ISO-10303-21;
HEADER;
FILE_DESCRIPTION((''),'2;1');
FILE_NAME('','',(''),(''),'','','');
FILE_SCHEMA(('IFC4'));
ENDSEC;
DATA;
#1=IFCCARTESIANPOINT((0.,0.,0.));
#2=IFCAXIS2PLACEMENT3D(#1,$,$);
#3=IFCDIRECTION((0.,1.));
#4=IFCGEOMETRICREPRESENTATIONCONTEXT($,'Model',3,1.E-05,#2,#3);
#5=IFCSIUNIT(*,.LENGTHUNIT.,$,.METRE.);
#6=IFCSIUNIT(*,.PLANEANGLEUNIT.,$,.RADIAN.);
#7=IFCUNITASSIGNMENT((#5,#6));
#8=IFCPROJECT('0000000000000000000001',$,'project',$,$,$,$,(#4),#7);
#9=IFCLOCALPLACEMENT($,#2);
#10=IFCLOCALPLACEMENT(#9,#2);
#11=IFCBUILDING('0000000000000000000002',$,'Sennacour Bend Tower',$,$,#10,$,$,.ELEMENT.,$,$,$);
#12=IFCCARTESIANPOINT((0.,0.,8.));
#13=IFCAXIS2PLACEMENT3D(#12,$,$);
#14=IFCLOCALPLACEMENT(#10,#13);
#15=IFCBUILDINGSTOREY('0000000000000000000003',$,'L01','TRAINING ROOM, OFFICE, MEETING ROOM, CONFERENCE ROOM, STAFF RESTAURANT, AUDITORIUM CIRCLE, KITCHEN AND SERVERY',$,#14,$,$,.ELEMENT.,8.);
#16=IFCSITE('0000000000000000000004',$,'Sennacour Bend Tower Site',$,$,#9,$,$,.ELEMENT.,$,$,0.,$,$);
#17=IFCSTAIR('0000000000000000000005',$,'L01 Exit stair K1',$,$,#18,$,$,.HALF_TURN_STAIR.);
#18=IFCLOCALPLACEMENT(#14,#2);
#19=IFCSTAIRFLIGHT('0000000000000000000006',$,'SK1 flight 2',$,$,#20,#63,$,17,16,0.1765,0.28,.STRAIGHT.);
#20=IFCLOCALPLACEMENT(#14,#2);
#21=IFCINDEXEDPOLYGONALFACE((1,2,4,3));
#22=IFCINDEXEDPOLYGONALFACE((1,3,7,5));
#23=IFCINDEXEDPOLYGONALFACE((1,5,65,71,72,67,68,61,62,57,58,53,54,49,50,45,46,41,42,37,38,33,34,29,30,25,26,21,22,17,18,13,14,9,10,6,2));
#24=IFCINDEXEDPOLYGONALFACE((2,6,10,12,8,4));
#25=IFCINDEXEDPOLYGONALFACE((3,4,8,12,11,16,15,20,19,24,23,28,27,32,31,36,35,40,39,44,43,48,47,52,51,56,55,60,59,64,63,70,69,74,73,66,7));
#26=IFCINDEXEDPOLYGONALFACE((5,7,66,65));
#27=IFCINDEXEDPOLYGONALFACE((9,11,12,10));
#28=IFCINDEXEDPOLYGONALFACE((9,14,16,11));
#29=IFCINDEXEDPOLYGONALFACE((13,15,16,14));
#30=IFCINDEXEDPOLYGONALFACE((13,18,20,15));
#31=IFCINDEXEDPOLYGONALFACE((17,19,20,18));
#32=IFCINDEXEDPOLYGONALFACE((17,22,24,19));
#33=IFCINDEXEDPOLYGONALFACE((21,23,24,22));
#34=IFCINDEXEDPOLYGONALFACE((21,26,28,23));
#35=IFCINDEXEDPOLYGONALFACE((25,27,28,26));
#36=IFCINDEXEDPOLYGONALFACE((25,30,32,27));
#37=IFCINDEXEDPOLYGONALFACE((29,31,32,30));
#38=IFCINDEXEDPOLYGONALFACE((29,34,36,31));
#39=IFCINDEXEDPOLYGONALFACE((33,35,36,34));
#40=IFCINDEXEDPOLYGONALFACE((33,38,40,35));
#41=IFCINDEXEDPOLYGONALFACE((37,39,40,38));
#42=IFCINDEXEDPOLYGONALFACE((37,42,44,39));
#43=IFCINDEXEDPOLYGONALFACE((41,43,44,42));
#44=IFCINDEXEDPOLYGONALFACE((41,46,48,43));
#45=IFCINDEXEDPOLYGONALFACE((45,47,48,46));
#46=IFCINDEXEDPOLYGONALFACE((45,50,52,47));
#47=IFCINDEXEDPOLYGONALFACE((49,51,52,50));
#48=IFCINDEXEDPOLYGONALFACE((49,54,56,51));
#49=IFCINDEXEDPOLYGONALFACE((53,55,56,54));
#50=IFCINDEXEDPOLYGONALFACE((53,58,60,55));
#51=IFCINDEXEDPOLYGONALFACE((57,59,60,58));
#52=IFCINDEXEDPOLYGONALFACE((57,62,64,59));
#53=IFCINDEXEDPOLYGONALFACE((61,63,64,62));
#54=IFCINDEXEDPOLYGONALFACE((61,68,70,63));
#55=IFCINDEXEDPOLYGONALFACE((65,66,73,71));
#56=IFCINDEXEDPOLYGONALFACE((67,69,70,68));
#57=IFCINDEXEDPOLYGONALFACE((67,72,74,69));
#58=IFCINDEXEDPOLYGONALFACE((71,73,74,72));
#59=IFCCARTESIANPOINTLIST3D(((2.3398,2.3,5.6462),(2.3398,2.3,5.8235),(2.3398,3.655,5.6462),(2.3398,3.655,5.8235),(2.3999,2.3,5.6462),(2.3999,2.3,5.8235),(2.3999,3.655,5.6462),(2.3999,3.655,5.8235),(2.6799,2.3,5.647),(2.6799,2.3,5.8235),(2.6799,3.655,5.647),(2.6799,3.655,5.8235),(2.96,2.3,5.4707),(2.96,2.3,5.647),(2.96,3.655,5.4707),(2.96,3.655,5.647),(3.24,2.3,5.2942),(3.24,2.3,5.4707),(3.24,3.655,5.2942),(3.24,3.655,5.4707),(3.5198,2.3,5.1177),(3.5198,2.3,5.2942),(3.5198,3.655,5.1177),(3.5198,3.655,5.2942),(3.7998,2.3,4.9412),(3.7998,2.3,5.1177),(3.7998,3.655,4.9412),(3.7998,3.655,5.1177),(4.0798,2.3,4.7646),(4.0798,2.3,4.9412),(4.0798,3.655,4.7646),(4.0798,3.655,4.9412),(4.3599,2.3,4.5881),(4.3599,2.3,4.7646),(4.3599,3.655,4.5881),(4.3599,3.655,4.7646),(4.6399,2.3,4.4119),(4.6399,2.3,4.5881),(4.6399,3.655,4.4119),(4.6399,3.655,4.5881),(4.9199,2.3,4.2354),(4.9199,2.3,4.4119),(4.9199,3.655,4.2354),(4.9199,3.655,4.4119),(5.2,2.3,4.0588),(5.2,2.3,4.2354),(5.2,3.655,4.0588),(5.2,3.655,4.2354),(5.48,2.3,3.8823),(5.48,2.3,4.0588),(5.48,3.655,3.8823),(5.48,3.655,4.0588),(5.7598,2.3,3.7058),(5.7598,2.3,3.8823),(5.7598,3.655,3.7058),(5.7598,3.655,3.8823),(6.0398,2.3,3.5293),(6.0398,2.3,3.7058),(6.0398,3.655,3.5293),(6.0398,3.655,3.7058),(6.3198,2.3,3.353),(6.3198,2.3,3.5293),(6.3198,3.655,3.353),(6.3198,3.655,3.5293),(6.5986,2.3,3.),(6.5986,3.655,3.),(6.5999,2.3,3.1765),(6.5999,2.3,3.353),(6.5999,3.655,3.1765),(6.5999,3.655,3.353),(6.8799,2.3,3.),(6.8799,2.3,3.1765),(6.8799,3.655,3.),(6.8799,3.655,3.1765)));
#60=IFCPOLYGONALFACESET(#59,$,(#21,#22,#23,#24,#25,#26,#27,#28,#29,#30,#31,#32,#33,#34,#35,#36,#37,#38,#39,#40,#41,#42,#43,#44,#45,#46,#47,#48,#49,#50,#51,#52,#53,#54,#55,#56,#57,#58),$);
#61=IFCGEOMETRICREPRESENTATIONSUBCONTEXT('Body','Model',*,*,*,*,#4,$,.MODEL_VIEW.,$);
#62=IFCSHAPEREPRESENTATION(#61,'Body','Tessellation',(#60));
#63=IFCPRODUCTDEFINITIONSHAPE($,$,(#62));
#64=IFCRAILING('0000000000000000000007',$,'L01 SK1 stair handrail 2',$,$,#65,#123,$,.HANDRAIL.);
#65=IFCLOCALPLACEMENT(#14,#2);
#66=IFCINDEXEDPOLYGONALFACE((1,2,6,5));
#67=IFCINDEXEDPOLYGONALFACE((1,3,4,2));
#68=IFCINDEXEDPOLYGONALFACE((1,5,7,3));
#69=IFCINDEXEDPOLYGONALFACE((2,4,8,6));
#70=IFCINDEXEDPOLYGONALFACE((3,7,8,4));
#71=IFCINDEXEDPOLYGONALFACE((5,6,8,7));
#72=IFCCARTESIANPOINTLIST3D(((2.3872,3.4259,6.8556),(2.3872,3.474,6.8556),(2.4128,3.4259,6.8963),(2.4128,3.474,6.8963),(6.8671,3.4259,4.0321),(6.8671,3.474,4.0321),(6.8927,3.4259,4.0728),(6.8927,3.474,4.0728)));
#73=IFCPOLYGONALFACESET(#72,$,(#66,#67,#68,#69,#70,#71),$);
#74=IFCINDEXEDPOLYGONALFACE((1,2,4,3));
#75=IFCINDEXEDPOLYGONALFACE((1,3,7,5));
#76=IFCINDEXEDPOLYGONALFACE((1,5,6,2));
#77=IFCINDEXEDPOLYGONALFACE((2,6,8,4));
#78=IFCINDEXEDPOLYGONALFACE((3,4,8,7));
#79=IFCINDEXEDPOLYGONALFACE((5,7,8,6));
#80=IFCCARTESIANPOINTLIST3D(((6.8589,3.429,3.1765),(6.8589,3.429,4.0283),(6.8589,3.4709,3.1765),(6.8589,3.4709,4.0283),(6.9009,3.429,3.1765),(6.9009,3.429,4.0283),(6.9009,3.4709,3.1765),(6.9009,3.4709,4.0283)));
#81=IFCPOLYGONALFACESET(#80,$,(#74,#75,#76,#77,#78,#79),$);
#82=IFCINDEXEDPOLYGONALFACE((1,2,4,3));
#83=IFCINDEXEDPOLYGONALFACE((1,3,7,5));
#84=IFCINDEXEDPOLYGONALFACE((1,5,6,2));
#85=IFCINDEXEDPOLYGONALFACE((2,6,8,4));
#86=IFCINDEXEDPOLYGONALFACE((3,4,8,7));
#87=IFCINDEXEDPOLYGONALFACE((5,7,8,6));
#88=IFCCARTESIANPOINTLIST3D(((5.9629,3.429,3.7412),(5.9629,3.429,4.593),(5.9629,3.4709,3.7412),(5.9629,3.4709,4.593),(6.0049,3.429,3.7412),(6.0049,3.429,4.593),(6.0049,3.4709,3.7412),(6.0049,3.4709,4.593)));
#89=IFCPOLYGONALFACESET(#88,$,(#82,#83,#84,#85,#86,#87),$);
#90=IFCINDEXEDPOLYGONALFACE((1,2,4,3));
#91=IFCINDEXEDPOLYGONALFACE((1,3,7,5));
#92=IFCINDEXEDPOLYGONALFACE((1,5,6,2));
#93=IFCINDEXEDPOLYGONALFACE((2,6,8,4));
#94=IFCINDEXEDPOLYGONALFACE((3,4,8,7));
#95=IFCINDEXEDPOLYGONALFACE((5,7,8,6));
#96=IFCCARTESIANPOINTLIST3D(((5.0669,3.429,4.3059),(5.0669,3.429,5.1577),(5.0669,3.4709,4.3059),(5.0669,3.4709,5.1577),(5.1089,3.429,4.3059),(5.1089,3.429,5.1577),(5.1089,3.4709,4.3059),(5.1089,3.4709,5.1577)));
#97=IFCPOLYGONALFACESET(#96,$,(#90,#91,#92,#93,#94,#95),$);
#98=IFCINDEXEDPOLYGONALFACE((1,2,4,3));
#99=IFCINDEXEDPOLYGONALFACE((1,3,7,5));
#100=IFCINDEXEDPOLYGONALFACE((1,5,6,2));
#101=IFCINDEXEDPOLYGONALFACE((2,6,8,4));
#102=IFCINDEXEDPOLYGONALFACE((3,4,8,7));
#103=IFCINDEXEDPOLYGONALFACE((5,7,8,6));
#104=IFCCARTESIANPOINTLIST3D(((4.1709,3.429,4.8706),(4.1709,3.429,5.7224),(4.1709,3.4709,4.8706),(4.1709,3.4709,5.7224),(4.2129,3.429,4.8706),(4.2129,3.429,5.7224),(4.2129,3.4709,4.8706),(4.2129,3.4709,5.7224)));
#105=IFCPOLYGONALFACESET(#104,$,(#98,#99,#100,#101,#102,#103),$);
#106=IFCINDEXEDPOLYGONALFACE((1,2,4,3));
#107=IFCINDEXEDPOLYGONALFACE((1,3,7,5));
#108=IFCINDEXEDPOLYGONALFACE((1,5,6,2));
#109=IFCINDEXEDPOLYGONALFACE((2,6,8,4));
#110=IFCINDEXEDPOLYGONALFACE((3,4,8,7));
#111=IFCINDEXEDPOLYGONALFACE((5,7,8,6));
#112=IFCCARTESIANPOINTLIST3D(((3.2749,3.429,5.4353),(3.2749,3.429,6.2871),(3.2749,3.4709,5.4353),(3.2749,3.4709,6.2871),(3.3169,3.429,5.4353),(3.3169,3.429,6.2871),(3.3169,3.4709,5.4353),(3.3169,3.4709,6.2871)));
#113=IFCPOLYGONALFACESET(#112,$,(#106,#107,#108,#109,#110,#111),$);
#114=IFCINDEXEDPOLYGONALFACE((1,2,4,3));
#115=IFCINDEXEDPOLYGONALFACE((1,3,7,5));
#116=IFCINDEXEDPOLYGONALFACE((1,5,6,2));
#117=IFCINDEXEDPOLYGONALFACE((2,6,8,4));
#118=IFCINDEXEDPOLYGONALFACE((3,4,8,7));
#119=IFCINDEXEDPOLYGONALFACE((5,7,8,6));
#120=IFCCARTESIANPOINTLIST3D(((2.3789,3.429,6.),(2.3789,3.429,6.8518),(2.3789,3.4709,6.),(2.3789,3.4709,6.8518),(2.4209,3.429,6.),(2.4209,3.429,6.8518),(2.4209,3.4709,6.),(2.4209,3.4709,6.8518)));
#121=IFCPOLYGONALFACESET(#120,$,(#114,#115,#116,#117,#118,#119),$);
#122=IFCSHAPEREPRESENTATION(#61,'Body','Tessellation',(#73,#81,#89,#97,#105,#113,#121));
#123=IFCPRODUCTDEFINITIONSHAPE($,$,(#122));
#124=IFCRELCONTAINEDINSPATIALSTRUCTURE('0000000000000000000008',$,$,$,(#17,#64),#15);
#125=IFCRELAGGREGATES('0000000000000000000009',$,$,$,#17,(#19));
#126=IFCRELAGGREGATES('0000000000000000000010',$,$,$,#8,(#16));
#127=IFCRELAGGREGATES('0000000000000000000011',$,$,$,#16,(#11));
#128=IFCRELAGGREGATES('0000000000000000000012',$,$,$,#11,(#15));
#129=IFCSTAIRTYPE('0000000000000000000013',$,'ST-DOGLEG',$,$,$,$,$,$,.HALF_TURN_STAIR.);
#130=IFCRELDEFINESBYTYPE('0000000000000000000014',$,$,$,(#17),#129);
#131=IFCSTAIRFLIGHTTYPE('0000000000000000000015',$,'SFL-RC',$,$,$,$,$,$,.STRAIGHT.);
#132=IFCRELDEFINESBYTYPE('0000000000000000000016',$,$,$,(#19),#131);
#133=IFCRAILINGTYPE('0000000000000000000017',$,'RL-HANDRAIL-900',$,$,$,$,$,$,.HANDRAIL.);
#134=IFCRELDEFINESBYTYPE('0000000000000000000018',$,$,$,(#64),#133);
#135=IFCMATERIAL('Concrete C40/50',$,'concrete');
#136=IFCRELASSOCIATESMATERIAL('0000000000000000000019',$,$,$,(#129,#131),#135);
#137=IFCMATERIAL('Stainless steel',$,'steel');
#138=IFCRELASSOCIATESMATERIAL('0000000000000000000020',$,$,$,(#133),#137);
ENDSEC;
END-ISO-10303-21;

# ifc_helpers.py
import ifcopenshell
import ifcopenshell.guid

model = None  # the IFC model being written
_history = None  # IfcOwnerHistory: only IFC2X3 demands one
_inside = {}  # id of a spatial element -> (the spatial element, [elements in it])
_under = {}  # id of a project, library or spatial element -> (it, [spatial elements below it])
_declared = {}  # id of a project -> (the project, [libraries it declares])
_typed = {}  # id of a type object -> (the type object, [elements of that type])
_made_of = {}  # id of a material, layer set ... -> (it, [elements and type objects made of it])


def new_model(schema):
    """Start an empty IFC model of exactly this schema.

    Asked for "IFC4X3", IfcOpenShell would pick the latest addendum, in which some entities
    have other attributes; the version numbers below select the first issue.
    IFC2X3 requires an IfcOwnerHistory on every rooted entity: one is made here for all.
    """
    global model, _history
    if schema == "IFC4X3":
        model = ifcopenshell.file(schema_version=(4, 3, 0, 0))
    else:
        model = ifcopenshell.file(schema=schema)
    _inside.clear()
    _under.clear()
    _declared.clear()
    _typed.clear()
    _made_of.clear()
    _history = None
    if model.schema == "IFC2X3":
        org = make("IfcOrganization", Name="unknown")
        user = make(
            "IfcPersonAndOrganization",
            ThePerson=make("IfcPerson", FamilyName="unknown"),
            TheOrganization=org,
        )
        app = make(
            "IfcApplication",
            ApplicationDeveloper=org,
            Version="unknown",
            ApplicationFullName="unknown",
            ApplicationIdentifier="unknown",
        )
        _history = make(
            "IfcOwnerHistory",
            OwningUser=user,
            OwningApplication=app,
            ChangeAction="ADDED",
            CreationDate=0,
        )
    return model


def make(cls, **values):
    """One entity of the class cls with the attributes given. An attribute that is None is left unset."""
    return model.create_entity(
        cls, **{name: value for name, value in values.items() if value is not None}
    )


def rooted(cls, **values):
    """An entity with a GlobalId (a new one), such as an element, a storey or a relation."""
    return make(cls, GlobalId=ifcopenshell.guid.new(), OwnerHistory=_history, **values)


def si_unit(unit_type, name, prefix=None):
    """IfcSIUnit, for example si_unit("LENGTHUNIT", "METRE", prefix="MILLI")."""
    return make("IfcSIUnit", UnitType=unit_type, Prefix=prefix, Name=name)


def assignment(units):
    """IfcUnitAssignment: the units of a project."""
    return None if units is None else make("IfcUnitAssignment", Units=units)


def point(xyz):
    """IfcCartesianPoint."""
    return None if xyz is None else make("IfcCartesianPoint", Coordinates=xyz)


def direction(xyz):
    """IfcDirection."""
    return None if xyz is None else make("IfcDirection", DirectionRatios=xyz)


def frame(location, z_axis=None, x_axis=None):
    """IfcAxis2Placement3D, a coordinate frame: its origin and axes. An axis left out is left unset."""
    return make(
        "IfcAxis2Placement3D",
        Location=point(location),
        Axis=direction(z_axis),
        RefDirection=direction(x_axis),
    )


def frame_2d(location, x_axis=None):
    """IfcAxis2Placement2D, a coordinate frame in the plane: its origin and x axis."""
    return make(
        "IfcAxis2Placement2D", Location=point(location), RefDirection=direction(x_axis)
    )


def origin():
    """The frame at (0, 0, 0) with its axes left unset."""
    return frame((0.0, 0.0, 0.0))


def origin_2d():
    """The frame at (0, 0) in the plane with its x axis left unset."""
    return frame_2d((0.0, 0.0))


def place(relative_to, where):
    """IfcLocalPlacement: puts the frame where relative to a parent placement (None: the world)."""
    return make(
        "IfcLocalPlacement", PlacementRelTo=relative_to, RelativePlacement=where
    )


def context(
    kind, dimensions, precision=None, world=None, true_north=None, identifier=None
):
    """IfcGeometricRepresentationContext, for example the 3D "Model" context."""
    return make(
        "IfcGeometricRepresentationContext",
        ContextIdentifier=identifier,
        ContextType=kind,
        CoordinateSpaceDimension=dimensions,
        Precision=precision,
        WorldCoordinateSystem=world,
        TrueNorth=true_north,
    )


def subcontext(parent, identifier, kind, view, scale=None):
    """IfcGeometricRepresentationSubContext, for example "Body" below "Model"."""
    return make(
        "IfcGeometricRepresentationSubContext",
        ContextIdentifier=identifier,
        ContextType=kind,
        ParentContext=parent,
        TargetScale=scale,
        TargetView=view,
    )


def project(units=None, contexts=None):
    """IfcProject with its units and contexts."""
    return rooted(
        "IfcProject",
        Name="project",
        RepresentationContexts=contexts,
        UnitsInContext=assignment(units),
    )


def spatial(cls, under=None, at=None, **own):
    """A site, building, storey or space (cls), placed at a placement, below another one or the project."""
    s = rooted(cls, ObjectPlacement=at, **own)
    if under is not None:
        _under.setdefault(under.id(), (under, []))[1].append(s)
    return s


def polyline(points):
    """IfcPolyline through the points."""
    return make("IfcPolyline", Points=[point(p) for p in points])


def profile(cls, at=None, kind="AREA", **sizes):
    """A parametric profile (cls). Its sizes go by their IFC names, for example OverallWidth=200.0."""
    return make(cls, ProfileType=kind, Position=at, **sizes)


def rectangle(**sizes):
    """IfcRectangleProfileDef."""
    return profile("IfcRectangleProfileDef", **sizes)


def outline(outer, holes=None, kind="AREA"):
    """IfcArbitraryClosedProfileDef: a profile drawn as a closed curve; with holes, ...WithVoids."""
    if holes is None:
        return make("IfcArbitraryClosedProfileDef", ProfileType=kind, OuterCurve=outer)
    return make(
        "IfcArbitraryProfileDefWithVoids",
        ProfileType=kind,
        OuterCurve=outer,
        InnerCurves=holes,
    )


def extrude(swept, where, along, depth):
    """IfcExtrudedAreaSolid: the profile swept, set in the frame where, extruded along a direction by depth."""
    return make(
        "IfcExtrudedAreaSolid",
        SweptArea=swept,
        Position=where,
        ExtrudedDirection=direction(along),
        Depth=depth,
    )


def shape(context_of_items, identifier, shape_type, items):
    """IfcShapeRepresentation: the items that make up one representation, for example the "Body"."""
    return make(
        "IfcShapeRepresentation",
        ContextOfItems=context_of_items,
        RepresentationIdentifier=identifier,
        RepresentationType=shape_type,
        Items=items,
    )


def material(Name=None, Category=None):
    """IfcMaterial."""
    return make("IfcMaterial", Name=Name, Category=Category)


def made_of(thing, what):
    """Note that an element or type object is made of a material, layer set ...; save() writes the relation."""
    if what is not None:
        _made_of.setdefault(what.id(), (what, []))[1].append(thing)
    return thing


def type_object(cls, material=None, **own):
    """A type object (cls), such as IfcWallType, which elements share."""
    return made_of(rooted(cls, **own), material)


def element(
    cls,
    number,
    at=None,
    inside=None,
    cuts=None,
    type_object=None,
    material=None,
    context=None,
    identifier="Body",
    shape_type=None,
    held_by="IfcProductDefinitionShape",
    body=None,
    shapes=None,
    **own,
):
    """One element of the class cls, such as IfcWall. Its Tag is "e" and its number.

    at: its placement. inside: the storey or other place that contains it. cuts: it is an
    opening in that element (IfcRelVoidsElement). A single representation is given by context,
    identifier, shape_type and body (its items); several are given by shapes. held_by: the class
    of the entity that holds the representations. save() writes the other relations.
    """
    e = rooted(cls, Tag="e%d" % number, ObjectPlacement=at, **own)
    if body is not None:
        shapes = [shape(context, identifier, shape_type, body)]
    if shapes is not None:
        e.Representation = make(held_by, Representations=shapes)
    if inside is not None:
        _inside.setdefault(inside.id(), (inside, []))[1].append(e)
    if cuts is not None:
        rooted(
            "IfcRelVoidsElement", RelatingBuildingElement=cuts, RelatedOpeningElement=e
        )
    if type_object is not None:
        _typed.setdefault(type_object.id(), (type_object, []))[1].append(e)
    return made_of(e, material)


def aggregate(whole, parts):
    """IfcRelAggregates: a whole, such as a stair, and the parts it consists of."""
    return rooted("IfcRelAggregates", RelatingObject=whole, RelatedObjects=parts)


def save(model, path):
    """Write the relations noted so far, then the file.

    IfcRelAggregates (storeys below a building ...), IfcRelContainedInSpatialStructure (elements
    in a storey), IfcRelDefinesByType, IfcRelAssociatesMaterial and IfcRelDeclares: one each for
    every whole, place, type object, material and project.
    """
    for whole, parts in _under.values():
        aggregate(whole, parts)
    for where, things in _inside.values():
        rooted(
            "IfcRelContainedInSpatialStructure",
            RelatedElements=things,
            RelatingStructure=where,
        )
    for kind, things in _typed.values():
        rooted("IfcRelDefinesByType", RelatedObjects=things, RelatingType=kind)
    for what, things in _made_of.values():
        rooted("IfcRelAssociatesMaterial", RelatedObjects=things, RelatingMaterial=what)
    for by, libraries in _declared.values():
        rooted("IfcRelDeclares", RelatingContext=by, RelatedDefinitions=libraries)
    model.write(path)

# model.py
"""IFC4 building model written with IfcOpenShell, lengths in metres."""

from ifc_helpers import new_model, si_unit, direction, frame, origin, origin_2d, place, context, subcontext, project, spatial, polyline, rectangle, outline, extrude, material, type_object, element, aggregate, save


model = new_model("IFC4")

# Units and contexts
model_context = context("Model", 3, precision=1e-05, world=origin(), true_north=direction((0.0, 1.0)))
body_context = subcontext(model_context, "Body", "Model", "MODEL_VIEW")
ifc_project = project(units=[si_unit("LENGTHUNIT", "METRE"), si_unit("PLANEANGLEUNIT", "RADIAN")], contexts=[model_context])

# Site, building, storey
site_placement = place(None, origin())
site = spatial("IfcSite", under=ifc_project, at=site_placement, Name="Sennacour Bend Tower Site", CompositionType="ELEMENT", RefElevation=0.0)
building_placement = place(site_placement, origin())
building = spatial("IfcBuilding", under=site, at=building_placement, Name="Sennacour Bend Tower", CompositionType="ELEMENT")
storey_placement = place(building_placement, frame((0.0, 0.0, 8.0)))
storey = spatial("IfcBuildingStorey", under=building, at=storey_placement, Name="L01", Description="TRAINING ROOM, OFFICE, MEETING ROOM, CONFERENCE ROOM, STAFF RESTAURANT, AUDITORIUM CIRCLE, KITCHEN AND SERVERY", CompositionType="ELEMENT", Elevation=8.0)

# Stair, stair flight
ifc_material_1 = material(Name="Concrete C40/50", Category="concrete")
stair_type = type_object("IfcStairType", Name="ST-DOGLEG", PredefinedType="HALF_TURN_STAIR", material=ifc_material_1)
stair_placement = place(storey_placement, origin())
stair = element("IfcStair", 1, at=stair_placement, inside=storey, type_object=stair_type, Name="L01 Exit stair K1", PredefinedType="HALF_TURN_STAIR")
stair_flight_type = type_object("IfcStairFlightType", Name="SFL-RC", PredefinedType="STRAIGHT", material=ifc_material_1)
stair_flight_placement = place(storey_placement, frame((6.8799, 2.9775, 3.0), z_axis=(0.0, 0.0, 1.0), x_axis=(-1.0, 0.0, 0.0)))
stair_flight = element("IfcStairFlight", 2, at=stair_flight_placement, type_object=stair_flight_type, Name="SK1 flight 2", NumberOfRisers=17, NumberOfTreads=16, PredefinedType="STRAIGHT", RiserHeight=0.1765, TreadLength=0.28, context=body_context, shape_type="SweptSolid", body=[
    extrude(outline(polyline([(0.0, 0.0), (0.0, 0.1765), (0.28, 0.1765), (0.28, 0.353), (0.5601, 0.353), (0.5601, 0.5293), (0.8401, 0.5293), (0.8401, 0.7058), (1.1201, 0.7058), (1.1201, 0.8823), (1.3999, 0.8823), (1.3999, 1.0588), (1.6799, 1.0588), (1.6799, 1.2354), (1.96, 1.2354), (1.96, 1.4119), (2.24, 1.4119), (2.24, 1.5881), (2.52, 1.5881), (2.52, 1.7646), (2.8, 1.7646), (2.8, 1.9412), (3.0801, 1.9412), (3.0801, 2.1177), (3.3601, 2.1177), (3.3601, 2.2942), (3.6399, 2.2942), (3.6399, 2.4707), (3.9199, 2.4707), (3.9199, 2.647), (4.2, 2.647), (4.2, 2.8235), (4.48, 2.8235), (4.54, 2.8235), (4.54, 2.6462), (4.48, 2.6462), (0.2812, 0.0), (0.0, 0.0)])), frame((0.0, 0.6775, 0.0), z_axis=(0.0, -1.0, 0.0), x_axis=(1.0, 0.0, 0.0)), (0.0, 0.0, 1.0), 1.355),
])
aggregate(stair, [stair_flight])

# Railing
ifc_material_2 = material(Name="Stainless steel", Category="steel")
railing_type = type_object("IfcRailingType", Name="RL-HANDRAIL-900", PredefinedType="HANDRAIL", material=ifc_material_2)
railing_placement = place(storey_placement, frame((6.8799, 3.45, 3.1765)))
element("IfcRailing", 3, at=railing_placement, inside=storey, type_object=railing_type, Name="L01 SK1 stair handrail 2", PredefinedType="HANDRAIL", context=body_context, shape_type="SweptSolid", body=[
    extrude(rectangle(XDim=0.0481, YDim=0.0481, at=origin_2d()), frame((0.0, 0.0, 0.876), z_axis=(-0.845998, 0.0, 0.533186), x_axis=(0.0, -1.0, 0.0)), (0.0, 0.0, 1.0), 5.2954),
    extrude(rectangle(XDim=0.042, YDim=0.042, at=origin_2d()), origin(), (0.0, 0.0, 1.0), 0.8518),
    extrude(rectangle(XDim=0.042, YDim=0.042, at=origin_2d()), frame((-0.896, 0.0, 0.5647)), (0.0, 0.0, 1.0), 0.8518),
    extrude(rectangle(XDim=0.042, YDim=0.042, at=origin_2d()), frame((-1.792, 0.0, 1.1294)), (0.0, 0.0, 1.0), 0.8518),
    extrude(rectangle(XDim=0.042, YDim=0.042, at=origin_2d()), frame((-2.688, 0.0, 1.6941)), (0.0, 0.0, 1.0), 0.8518),
    extrude(rectangle(XDim=0.042, YDim=0.042, at=origin_2d()), frame((-3.584, 0.0, 2.2588)), (0.0, 0.0, 1.0), 0.8518),
    extrude(rectangle(XDim=0.042, YDim=0.042, at=origin_2d()), frame((-4.48, 0.0, 2.8235)), (0.0, 0.0, 1.0), 0.8518),
])

save(model, "model.ifc")
